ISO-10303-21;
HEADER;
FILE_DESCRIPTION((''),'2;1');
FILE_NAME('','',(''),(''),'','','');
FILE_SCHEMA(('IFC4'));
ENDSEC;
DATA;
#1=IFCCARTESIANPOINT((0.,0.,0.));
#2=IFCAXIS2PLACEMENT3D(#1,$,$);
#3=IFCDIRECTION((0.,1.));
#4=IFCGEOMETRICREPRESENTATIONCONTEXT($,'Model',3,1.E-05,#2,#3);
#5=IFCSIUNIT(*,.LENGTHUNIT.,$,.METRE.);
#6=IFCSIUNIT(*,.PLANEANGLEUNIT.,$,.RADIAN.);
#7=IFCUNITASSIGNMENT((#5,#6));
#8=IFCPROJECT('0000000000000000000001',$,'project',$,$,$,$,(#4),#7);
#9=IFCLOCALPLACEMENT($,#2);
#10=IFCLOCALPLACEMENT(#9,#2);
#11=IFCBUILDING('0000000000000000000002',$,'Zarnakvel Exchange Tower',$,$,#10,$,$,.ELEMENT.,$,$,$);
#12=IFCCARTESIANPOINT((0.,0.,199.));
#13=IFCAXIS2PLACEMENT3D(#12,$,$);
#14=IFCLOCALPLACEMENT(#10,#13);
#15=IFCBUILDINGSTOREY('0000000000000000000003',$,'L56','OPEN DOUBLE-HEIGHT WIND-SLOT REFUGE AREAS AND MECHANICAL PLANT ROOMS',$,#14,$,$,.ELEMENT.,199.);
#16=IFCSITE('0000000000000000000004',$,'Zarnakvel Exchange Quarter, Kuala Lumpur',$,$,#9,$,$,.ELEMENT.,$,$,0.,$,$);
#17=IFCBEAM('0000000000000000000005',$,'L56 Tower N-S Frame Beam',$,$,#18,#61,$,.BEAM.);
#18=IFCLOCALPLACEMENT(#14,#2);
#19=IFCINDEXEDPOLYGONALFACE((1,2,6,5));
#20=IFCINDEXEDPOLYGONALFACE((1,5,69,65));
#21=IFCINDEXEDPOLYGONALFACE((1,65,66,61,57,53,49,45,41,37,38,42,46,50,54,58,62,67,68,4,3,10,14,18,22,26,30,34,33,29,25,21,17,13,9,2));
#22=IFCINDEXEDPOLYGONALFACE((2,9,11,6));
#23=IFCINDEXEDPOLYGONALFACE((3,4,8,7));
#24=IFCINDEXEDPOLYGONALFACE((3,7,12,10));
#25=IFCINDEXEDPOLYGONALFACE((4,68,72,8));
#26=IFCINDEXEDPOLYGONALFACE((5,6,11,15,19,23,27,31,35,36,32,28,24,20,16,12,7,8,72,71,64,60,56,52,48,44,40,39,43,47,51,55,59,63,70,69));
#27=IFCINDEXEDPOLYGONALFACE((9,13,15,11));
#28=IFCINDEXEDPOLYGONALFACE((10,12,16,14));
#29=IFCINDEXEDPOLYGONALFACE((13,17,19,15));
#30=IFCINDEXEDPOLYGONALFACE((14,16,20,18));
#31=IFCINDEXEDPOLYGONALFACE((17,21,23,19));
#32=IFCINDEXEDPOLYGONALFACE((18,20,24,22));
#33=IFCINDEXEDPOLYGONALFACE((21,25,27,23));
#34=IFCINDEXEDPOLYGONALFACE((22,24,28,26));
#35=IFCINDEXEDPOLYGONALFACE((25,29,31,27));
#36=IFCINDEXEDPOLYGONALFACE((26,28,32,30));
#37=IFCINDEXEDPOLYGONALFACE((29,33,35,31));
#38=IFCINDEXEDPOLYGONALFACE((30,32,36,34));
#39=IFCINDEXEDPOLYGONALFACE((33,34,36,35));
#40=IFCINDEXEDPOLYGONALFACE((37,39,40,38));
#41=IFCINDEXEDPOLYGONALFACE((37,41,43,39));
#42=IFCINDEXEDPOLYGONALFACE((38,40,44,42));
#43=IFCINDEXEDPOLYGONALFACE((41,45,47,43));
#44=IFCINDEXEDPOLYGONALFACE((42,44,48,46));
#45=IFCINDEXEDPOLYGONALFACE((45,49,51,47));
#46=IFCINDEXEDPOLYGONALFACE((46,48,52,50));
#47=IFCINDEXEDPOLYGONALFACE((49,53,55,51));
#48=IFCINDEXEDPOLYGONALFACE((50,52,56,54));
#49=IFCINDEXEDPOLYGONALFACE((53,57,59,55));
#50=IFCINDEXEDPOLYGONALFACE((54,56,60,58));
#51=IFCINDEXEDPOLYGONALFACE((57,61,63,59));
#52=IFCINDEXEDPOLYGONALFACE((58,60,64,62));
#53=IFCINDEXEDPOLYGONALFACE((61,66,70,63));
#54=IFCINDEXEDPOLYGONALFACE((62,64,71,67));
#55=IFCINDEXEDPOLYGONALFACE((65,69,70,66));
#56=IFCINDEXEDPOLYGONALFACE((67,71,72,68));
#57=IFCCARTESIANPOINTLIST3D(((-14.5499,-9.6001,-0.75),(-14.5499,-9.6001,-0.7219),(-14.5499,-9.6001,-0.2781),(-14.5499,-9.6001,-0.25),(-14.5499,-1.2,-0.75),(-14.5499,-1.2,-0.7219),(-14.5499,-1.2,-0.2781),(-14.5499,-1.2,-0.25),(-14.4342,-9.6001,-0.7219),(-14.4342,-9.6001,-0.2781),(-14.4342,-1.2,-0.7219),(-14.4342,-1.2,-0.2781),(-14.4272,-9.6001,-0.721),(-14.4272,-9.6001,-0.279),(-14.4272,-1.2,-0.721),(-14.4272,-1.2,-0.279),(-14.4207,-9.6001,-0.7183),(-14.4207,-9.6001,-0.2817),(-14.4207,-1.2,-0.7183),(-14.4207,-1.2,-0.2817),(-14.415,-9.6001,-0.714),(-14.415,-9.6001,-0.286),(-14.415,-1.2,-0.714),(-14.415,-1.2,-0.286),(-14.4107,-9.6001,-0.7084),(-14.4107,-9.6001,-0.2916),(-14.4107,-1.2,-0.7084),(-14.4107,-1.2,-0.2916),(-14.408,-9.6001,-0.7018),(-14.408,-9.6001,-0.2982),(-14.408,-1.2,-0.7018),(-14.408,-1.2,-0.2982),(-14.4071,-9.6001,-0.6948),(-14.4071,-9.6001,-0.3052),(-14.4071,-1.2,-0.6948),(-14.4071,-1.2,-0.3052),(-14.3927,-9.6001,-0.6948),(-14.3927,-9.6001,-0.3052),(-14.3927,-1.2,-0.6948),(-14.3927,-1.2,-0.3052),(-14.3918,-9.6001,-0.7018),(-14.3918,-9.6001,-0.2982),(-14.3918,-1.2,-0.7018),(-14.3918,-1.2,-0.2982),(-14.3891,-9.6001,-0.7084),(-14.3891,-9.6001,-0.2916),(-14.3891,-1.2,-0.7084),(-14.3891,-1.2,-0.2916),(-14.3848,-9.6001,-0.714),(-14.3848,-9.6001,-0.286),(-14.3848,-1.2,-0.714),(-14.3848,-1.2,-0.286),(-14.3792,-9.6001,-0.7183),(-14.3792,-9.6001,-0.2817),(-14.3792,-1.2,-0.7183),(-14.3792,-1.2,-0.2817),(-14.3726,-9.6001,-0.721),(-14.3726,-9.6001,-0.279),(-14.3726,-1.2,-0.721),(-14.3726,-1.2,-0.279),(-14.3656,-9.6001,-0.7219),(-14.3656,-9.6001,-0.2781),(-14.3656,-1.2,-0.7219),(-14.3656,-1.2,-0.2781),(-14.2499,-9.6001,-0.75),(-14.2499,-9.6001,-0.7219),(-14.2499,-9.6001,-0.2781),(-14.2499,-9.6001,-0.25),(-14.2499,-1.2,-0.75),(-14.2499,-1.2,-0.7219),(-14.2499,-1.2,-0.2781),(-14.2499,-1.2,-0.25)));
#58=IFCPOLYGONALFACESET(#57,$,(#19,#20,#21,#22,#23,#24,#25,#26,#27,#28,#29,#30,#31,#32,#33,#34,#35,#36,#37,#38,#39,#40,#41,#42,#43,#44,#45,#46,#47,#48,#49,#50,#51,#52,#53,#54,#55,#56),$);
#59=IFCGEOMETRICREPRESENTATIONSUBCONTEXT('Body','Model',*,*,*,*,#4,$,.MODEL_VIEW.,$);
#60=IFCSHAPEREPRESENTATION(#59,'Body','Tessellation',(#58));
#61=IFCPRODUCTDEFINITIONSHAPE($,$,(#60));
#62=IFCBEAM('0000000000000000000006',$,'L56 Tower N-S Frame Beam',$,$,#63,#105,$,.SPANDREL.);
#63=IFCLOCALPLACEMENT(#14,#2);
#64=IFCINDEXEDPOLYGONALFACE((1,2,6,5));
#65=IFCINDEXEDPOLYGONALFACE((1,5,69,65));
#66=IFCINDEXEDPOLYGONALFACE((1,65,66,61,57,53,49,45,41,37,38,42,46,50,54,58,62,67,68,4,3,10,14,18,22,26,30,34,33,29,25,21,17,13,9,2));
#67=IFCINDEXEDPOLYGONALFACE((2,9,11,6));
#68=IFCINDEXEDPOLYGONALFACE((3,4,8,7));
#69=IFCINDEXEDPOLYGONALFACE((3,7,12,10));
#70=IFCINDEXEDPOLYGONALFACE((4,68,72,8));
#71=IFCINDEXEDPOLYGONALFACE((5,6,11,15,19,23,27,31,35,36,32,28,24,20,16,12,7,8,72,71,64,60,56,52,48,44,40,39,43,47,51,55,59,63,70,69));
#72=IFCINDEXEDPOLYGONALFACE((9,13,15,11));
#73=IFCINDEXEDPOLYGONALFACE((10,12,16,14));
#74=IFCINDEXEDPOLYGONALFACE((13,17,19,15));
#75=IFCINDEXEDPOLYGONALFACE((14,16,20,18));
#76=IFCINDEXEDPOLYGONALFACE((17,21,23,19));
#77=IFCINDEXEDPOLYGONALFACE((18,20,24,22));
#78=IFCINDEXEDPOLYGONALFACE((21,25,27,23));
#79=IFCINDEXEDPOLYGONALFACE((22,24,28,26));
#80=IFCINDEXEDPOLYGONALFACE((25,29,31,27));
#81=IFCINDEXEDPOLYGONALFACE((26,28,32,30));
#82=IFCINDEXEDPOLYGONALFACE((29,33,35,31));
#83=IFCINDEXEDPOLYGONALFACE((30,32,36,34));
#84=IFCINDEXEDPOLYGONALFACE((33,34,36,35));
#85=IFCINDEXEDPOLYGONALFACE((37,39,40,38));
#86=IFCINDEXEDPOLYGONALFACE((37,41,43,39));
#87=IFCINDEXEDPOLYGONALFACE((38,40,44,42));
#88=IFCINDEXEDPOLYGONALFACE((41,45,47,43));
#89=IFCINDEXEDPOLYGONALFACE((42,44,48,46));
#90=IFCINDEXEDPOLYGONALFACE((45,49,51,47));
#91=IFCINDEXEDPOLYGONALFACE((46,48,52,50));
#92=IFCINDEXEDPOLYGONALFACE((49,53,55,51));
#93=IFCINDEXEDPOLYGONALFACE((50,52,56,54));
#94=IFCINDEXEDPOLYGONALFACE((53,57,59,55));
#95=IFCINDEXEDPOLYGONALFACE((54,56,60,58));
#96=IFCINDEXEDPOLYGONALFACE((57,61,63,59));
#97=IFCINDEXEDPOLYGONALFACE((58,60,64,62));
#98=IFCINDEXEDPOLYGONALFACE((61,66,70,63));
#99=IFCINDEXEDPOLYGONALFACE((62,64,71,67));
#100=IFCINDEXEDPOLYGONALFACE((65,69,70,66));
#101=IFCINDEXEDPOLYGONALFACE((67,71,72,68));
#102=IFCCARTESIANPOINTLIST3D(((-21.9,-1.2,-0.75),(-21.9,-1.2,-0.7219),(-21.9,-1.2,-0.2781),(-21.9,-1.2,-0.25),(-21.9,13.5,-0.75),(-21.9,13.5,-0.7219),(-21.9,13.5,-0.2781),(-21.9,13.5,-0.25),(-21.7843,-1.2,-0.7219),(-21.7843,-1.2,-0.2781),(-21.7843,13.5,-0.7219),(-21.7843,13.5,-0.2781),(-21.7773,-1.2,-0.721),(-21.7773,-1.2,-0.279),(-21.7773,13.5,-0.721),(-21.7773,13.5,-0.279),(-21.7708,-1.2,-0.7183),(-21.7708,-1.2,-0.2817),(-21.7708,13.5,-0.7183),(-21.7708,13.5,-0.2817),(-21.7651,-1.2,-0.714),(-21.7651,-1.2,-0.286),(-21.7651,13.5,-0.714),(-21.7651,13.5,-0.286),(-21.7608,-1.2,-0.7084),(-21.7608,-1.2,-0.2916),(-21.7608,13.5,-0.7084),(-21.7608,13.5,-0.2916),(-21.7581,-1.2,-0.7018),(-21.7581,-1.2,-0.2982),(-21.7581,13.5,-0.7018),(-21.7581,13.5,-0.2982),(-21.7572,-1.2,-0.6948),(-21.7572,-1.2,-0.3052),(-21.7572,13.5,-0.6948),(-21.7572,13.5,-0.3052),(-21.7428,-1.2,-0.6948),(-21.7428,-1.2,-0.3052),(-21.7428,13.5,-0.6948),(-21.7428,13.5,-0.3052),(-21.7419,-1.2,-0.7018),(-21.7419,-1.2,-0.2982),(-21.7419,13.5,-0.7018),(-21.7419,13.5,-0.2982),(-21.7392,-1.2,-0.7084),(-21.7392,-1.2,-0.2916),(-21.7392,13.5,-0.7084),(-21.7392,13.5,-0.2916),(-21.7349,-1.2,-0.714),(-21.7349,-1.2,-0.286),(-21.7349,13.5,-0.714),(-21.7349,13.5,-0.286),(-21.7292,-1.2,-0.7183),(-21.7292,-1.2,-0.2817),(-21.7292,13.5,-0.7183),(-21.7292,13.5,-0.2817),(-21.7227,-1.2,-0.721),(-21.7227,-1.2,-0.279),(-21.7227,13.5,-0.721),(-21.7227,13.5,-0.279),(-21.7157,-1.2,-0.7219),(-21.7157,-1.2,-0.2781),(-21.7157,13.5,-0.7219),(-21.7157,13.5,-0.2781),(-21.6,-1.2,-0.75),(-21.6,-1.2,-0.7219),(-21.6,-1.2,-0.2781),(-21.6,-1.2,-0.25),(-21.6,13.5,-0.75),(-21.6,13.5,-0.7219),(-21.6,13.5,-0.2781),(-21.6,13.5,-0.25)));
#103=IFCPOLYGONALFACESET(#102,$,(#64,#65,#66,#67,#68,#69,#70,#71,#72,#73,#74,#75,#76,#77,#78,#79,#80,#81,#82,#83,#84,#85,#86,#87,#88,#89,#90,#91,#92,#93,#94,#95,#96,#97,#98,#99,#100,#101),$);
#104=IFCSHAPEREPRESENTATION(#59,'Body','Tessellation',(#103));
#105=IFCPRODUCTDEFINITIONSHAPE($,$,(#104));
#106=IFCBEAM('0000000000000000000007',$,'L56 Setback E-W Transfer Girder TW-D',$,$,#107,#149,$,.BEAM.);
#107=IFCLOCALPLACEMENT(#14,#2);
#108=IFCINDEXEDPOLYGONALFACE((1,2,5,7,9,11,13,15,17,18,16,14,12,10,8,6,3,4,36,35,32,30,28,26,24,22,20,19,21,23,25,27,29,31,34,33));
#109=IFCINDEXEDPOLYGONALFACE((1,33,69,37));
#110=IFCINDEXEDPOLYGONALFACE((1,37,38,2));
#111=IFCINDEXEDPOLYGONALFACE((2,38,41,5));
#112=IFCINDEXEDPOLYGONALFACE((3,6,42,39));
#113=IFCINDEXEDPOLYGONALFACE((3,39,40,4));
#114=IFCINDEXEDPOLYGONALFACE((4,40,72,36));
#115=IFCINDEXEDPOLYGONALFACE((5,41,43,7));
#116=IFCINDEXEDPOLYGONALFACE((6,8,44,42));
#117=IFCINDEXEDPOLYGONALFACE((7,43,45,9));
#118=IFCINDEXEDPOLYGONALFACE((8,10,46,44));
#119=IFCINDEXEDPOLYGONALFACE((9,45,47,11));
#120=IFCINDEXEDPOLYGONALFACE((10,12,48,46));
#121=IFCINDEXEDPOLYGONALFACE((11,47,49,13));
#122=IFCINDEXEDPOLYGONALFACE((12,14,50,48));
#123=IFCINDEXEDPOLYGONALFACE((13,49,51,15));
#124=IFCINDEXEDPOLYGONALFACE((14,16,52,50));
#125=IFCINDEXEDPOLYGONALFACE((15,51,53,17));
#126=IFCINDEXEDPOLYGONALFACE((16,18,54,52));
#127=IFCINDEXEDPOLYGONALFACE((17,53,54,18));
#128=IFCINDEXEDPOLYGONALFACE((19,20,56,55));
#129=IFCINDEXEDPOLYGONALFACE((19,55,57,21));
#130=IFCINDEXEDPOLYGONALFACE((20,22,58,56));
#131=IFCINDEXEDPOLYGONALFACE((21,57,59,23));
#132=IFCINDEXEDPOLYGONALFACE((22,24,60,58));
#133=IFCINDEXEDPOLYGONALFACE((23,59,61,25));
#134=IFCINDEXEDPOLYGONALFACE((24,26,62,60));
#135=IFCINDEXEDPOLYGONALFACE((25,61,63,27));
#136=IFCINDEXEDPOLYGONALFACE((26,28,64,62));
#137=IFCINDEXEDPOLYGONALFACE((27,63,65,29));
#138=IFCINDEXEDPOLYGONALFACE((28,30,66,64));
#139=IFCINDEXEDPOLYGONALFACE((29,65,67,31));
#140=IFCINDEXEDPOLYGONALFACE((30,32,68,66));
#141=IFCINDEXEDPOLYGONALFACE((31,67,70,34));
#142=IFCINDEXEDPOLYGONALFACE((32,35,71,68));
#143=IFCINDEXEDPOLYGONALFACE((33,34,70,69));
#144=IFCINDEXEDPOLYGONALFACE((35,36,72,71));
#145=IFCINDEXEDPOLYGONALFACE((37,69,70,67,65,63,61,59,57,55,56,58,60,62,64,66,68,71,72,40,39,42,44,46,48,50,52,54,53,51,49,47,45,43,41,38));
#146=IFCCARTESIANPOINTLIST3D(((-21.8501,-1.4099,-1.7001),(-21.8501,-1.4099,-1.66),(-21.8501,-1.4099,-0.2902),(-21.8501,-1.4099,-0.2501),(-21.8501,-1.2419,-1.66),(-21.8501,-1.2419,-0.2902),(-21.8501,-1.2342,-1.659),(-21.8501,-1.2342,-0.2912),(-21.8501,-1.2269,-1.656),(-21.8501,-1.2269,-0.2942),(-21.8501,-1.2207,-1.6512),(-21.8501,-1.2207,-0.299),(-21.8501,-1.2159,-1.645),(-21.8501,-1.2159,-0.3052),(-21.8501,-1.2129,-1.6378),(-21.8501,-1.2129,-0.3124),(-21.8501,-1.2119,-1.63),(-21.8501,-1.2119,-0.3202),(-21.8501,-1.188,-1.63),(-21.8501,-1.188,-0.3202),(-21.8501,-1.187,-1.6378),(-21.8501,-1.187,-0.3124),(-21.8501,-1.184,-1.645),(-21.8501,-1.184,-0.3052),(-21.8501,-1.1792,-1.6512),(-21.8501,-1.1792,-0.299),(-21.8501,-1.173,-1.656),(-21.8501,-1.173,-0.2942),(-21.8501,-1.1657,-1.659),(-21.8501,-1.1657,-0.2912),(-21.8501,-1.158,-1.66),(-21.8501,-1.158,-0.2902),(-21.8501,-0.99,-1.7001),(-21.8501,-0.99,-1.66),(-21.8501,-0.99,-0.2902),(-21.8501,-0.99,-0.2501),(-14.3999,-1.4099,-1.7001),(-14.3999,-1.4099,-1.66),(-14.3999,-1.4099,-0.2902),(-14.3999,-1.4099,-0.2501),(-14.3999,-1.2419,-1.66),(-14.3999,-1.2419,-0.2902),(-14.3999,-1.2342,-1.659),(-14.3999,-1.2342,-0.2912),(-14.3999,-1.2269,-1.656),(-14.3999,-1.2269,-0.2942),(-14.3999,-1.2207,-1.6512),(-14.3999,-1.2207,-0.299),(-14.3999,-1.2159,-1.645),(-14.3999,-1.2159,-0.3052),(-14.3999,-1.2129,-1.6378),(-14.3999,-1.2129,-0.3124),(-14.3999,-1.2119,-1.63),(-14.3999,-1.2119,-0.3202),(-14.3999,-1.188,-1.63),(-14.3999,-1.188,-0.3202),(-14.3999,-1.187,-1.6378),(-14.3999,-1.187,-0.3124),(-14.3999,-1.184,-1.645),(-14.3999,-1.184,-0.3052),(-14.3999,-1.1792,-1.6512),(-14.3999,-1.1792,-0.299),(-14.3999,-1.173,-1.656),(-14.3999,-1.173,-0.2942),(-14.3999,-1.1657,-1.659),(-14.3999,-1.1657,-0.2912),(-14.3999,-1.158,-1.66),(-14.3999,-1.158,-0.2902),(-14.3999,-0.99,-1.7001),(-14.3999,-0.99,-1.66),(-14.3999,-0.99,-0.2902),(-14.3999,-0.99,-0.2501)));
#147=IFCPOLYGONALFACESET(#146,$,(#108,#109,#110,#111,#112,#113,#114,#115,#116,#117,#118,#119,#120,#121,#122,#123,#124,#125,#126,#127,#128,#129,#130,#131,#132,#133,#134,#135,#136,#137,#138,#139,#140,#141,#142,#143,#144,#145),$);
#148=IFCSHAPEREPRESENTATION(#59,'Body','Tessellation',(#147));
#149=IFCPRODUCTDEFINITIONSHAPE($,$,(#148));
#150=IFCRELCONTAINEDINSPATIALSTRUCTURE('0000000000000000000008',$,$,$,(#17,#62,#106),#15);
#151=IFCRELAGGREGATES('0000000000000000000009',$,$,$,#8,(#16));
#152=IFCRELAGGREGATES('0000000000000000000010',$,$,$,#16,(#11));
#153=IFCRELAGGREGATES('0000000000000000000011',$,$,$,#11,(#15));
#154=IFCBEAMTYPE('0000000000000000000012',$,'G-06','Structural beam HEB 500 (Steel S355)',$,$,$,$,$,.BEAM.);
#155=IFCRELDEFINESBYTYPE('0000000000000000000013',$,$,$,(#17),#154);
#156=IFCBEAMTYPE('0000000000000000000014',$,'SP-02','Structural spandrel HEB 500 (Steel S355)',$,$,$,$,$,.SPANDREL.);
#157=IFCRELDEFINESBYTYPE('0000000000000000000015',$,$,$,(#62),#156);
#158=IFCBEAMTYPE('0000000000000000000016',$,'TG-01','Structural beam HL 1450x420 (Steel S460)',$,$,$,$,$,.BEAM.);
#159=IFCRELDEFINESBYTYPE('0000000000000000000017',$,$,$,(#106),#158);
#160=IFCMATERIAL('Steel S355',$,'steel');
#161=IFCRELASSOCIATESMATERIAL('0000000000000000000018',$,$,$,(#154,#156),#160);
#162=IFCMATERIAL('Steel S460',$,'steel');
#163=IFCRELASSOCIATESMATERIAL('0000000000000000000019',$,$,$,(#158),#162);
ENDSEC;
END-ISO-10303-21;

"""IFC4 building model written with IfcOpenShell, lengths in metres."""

from ifc_helpers import new_model, si_unit, direction, frame, origin, origin_2d, place, context, subcontext, project, spatial, i_section, extrude, material, material_profile, profile_set, type_object, element, save


model = new_model("IFC4")

# Units and contexts
model_context = context("Model", 3, precision=1e-05, world=origin(), true_north=direction((0.0, 1.0)))
body_context = subcontext(model_context, "Body", "Model", "MODEL_VIEW")
ifc_project = project(units=[si_unit("LENGTHUNIT", "METRE"), si_unit("PLANEANGLEUNIT", "RADIAN")], contexts=[model_context])

# Site, building, storey
site_placement = place(None, origin())
site = spatial("IfcSite", under=ifc_project, at=site_placement, Name="Zarnakvel Exchange Quarter, Kuala Lumpur", CompositionType="ELEMENT", RefElevation=0.0)
building_placement = place(site_placement, origin())
building = spatial("IfcBuilding", under=site, at=building_placement, Name="Zarnakvel Exchange Tower", CompositionType="ELEMENT")
storey_placement = place(building_placement, frame((0.0, 0.0, 199.0)))
storey = spatial("IfcBuildingStorey", under=building, at=storey_placement, Name="L56", Description="OPEN DOUBLE-HEIGHT WIND-SLOT REFUGE AREAS AND MECHANICAL PLANT ROOMS", CompositionType="ELEMENT", Elevation=199.0)

# Shared definitions
ifc_material_1 = material(Name="Steel S355", Category="steel")

# Beams
ifc_material_profile_1 = material_profile(ifc_material_1, i_section(OverallWidth=0.3, OverallDepth=0.5, WebThickness=0.0144, FlangeThickness=0.0281, FilletRadius=0.0271, at=origin_2d()))
ifc_profile_set_1 = profile_set([ifc_material_profile_1], Name="Steel S355")
beam_type_1 = type_object("IfcBeamType", Name="G-06", Description="Structural beam HEB 500 (Steel S355)", PredefinedType="BEAM", material=ifc_profile_set_1)
beam_1_placement = place(storey_placement, frame((-14.3999, -9.6001, -0.5), z_axis=(0.0, 1.0, 0.0), x_axis=(-1.0, 0.0, 0.0)))
element("IfcBeam", 1, at=beam_1_placement, inside=storey, type_object=beam_type_1, Name="L56 Tower N-S Frame Beam", PredefinedType="BEAM", context=body_context, shape_type="SweptSolid", body=[
    extrude(i_section(OverallWidth=0.3, OverallDepth=0.5, WebThickness=0.0144, FlangeThickness=0.0281, FilletRadius=0.0271, at=origin_2d()), origin(), (0.0, 0.0, 1.0), 8.4001),
])
ifc_material_profile_2 = material_profile(ifc_material_1, i_section(OverallWidth=0.3, OverallDepth=0.5, WebThickness=0.0144, FlangeThickness=0.0281, FilletRadius=0.0271, at=origin_2d()))
ifc_profile_set_2 = profile_set([ifc_material_profile_2], Name="Steel S355")
beam_type_2 = type_object("IfcBeamType", Name="SP-02", Description="Structural spandrel HEB 500 (Steel S355)", PredefinedType="SPANDREL", material=ifc_profile_set_2)
beam_2_placement = place(storey_placement, frame((-21.75, -1.2, -0.5), z_axis=(0.0, 1.0, 0.0), x_axis=(-1.0, 0.0, 0.0)))
element("IfcBeam", 2, at=beam_2_placement, inside=storey, type_object=beam_type_2, Name="L56 Tower N-S Frame Beam", PredefinedType="SPANDREL", context=body_context, shape_type="SweptSolid", body=[
    extrude(i_section(OverallWidth=0.3, OverallDepth=0.5, WebThickness=0.0144, FlangeThickness=0.0281, FilletRadius=0.0271, at=origin_2d()), origin(), (0.0, 0.0, 1.0), 14.7),
])
ifc_material_2 = material(Name="Steel S460", Category="steel")
ifc_material_profile_3 = material_profile(ifc_material_2, i_section(OverallWidth=0.4199, OverallDepth=1.45, WebThickness=0.0239, FlangeThickness=0.04, FilletRadius=0.03, at=origin_2d()))
ifc_profile_set_3 = profile_set([ifc_material_profile_3], Name="Steel S460")
beam_type_3 = type_object("IfcBeamType", Name="TG-01", Description="Structural beam HL 1450x420 (Steel S460)", PredefinedType="BEAM", material=ifc_profile_set_3)
beam_3_placement = place(storey_placement, frame((-21.8501, -1.2, -0.9751), z_axis=(1.0, 0.0, 0.0), x_axis=(0.0, 1.0, 0.0)))
element("IfcBeam", 3, at=beam_3_placement, inside=storey, type_object=beam_type_3, Name="L56 Setback E-W Transfer Girder TW-D", PredefinedType="BEAM", context=body_context, shape_type="SweptSolid", body=[
    extrude(i_section(OverallWidth=0.4199, OverallDepth=1.45, WebThickness=0.0239, FlangeThickness=0.04, FilletRadius=0.03, at=origin_2d()), origin(), (0.0, 0.0, 1.0), 7.4502),
])

save(model, "model.ifc")
